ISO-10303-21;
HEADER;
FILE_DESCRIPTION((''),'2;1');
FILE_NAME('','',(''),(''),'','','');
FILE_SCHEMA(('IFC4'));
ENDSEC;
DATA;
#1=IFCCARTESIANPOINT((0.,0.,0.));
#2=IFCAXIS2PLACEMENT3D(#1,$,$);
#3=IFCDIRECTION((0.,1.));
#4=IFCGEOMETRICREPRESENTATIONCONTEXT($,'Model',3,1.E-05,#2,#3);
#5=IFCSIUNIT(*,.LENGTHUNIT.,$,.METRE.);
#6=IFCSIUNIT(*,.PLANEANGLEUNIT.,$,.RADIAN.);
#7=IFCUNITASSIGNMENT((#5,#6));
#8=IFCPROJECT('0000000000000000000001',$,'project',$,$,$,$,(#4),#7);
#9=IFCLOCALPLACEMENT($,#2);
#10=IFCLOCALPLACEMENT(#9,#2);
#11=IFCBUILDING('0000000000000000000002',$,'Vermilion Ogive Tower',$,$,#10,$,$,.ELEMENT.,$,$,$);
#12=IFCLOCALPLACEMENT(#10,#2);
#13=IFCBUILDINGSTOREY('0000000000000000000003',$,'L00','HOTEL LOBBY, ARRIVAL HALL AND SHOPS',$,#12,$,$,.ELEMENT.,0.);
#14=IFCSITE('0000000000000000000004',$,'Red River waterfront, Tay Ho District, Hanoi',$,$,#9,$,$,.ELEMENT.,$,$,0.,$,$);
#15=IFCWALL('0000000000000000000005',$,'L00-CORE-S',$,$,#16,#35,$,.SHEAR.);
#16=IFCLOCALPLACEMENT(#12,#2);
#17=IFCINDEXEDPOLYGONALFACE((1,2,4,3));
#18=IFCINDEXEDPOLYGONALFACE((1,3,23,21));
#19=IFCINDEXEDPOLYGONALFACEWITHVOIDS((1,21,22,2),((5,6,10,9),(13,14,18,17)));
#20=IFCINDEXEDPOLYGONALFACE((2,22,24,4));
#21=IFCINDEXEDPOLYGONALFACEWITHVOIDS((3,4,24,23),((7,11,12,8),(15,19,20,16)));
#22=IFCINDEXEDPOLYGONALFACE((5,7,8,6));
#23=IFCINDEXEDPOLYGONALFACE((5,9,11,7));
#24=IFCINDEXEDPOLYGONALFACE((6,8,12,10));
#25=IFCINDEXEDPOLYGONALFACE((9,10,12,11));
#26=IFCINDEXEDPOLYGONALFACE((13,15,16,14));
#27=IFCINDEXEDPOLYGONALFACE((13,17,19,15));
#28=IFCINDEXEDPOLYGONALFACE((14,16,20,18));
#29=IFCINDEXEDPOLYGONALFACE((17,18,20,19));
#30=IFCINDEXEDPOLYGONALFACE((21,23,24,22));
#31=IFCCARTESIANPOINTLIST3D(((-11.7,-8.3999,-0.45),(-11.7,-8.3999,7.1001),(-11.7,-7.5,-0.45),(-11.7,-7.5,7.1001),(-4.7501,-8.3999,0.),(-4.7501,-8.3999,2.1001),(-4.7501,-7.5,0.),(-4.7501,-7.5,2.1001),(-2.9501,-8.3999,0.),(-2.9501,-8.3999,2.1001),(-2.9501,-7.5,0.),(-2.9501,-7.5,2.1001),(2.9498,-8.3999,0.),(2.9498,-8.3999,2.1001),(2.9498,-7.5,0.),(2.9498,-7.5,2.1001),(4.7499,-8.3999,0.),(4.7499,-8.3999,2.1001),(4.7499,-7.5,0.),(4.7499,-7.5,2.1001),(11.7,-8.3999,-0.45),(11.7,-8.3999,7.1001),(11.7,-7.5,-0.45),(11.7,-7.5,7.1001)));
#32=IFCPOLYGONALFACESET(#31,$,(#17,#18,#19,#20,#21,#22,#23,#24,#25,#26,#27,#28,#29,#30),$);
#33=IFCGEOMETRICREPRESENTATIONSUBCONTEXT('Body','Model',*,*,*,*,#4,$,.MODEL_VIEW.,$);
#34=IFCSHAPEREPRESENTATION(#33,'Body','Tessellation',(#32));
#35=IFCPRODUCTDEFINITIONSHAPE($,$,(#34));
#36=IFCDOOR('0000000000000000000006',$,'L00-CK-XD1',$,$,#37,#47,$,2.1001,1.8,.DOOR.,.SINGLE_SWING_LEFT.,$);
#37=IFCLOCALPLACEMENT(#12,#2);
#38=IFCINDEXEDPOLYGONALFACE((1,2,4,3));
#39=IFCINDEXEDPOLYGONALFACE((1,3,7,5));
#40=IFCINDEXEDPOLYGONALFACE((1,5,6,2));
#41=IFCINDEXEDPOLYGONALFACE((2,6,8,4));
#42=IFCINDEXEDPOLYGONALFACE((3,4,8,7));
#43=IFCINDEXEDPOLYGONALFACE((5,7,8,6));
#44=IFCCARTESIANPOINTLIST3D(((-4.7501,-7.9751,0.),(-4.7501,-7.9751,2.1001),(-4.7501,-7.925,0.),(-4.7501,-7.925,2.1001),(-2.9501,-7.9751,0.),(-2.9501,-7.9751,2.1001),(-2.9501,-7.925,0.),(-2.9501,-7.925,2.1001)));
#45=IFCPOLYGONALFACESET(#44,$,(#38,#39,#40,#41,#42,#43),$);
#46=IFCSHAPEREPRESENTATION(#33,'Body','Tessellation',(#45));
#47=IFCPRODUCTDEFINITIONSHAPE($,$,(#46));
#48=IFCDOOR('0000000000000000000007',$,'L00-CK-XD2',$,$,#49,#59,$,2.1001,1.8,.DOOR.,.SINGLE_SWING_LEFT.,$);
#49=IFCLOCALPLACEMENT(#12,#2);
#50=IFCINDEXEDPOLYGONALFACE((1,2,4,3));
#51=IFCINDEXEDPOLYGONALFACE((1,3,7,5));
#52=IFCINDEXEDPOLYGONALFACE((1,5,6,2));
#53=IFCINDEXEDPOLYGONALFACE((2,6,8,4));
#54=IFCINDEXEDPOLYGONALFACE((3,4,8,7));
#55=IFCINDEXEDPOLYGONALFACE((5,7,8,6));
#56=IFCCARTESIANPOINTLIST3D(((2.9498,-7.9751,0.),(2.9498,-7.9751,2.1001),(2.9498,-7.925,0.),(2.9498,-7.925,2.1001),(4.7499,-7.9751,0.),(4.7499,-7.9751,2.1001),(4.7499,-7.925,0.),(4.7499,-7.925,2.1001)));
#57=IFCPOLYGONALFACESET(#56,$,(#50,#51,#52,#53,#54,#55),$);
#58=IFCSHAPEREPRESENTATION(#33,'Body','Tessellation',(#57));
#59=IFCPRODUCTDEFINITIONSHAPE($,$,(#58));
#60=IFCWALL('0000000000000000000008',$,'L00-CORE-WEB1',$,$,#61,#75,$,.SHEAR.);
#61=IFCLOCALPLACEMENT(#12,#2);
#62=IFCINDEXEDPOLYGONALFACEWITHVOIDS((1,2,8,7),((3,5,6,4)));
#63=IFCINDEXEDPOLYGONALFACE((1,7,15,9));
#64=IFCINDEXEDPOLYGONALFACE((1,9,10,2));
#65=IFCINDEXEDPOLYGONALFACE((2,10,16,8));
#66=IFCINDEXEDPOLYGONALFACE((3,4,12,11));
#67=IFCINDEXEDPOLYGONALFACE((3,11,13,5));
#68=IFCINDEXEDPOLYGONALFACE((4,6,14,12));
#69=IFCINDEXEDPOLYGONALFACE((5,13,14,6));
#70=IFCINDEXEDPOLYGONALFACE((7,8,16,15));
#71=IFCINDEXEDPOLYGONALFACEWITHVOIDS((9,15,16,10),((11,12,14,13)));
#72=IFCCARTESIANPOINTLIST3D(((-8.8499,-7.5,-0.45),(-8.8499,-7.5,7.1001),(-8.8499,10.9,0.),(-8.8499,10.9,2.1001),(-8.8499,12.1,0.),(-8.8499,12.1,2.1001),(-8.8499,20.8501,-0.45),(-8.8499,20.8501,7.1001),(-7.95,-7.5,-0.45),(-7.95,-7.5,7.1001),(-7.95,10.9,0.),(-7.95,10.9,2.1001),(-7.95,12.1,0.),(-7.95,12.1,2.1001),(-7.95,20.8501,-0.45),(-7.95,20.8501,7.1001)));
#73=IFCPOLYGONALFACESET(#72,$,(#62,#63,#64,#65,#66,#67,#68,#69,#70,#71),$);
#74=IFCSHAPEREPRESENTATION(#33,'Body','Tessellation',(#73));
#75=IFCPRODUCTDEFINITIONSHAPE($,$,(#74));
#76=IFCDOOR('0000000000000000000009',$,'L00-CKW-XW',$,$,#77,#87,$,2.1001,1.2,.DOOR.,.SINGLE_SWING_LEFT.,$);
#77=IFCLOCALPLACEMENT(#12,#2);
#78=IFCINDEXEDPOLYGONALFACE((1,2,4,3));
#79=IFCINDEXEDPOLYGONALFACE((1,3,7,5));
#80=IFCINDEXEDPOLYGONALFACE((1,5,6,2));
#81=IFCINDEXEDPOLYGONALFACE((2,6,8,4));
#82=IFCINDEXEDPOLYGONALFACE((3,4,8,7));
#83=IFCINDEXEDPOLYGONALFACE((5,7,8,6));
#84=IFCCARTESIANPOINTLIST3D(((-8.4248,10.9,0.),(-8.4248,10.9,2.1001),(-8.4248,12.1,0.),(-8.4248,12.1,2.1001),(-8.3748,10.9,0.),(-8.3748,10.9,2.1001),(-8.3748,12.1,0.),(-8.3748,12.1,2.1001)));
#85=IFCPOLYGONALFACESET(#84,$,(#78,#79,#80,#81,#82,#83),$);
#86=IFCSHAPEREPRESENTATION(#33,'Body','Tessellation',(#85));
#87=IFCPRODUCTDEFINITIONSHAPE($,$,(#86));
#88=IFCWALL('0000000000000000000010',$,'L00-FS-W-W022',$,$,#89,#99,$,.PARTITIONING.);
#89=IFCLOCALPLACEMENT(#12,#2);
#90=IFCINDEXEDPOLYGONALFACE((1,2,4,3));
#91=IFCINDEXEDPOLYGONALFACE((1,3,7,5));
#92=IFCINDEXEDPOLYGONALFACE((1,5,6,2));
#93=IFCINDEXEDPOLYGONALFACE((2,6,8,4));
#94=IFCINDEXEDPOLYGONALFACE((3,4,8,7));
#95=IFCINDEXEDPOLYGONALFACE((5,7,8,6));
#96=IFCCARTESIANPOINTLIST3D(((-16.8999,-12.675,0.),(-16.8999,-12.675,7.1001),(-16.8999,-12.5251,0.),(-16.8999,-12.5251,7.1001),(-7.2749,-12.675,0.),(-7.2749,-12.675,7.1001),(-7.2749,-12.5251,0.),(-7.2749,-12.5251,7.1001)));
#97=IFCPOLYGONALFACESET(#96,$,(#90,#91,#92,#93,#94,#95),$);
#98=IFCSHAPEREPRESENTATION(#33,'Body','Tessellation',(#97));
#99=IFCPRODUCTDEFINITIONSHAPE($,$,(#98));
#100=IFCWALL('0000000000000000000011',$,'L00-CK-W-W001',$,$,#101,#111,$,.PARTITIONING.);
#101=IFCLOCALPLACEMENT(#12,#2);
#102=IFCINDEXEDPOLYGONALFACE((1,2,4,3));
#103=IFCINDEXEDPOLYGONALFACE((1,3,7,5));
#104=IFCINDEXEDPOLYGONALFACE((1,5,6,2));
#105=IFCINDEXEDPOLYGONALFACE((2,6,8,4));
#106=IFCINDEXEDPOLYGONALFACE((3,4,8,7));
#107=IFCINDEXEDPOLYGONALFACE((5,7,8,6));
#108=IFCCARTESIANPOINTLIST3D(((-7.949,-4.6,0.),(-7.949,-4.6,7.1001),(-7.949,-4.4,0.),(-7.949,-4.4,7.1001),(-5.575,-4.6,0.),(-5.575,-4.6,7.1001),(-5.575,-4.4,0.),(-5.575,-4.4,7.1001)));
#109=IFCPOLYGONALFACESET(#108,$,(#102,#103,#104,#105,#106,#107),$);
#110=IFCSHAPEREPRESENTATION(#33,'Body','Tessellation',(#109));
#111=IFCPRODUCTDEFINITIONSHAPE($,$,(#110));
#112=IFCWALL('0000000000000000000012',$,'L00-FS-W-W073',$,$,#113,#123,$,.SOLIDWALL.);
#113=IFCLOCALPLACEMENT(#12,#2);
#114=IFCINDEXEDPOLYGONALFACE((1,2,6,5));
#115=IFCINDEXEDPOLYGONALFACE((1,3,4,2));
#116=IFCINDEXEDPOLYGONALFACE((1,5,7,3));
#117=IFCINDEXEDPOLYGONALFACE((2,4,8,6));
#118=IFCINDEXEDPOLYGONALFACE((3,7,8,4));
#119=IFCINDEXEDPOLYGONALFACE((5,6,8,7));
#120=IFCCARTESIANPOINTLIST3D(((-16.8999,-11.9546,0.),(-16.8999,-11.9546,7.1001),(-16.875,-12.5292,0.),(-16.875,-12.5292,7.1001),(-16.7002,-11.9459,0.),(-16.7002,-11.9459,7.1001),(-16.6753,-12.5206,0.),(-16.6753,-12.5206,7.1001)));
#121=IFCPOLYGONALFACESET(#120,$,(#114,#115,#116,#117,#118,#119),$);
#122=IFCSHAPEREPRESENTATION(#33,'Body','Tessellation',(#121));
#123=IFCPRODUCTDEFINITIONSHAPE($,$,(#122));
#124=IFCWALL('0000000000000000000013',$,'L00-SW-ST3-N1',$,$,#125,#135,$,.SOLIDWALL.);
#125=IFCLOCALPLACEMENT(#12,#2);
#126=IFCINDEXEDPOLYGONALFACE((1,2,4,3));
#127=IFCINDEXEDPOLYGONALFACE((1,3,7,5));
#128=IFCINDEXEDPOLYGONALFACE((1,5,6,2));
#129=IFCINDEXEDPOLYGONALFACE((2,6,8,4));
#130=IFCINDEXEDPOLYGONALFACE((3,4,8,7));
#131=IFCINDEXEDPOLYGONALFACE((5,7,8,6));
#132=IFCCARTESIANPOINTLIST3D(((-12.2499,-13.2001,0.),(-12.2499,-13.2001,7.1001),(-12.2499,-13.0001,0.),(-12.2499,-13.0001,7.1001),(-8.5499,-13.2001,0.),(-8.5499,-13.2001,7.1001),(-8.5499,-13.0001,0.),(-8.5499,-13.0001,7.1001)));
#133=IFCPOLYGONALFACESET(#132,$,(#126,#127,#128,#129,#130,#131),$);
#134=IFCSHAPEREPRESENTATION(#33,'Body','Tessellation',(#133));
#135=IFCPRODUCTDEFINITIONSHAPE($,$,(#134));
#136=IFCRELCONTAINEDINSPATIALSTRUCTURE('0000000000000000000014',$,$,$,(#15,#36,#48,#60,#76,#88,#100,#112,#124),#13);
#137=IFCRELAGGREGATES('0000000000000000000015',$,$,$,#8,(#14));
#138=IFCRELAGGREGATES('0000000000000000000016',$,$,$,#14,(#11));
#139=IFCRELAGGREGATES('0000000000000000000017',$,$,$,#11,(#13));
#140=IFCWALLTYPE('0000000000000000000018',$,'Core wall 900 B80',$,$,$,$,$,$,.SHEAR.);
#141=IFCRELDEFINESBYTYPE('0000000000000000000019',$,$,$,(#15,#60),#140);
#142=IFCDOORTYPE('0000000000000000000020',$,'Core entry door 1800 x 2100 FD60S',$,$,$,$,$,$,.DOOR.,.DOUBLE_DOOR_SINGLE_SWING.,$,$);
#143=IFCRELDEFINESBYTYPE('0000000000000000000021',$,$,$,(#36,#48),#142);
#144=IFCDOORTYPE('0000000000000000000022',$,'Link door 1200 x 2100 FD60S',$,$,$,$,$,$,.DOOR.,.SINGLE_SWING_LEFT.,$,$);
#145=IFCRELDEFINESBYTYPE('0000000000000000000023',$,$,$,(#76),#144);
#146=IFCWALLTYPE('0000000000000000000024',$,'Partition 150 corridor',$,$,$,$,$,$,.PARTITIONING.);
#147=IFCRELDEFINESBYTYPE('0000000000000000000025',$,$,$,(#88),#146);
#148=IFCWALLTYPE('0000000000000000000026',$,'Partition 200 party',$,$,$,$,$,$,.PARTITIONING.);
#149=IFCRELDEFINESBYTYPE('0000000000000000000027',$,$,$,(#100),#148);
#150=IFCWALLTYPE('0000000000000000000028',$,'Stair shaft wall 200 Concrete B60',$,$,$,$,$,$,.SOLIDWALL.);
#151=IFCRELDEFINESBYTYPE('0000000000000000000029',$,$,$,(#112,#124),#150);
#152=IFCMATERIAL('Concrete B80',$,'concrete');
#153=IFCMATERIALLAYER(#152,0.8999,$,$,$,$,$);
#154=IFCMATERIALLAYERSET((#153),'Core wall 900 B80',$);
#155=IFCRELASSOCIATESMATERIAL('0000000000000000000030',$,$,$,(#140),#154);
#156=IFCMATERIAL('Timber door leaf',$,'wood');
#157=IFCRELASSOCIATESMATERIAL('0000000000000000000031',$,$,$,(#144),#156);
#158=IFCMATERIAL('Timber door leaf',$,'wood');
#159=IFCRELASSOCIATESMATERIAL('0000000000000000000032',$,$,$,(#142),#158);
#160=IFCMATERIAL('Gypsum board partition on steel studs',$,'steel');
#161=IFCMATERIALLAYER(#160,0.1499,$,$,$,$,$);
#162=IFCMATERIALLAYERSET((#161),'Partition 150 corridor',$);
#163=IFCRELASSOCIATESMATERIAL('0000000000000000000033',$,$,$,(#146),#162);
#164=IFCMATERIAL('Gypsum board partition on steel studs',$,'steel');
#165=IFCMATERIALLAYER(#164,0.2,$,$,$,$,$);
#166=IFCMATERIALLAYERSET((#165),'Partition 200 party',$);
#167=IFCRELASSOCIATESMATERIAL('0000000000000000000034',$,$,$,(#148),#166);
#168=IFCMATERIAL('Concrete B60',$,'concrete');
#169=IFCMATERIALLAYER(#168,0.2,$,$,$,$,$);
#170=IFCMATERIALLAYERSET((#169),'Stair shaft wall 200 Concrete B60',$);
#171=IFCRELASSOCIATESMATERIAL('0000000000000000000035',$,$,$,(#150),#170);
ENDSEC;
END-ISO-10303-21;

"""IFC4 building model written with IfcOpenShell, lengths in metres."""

from ifc_helpers import new_model, si_unit, direction, frame, frame_2d, origin, place, context, subcontext, project, spatial, rectangle, extrude, material, layer, layer_set, type_object, element, fill, save


model = new_model("IFC4")

# Units and contexts
model_context = context("Model", 3, precision=1e-05, world=origin(), true_north=direction((0.0, 1.0)))
body_context = subcontext(model_context, "Body", "Model", "MODEL_VIEW")
ifc_project = project(units=[si_unit("LENGTHUNIT", "METRE"), si_unit("PLANEANGLEUNIT", "RADIAN")], contexts=[model_context])

# Site, building, storey
site_placement = place(None, origin())
site = spatial("IfcSite", under=ifc_project, at=site_placement, Name="Red River waterfront, Tay Ho District, Hanoi", CompositionType="ELEMENT", RefElevation=0.0)
building_placement = place(site_placement, origin())
building = spatial("IfcBuilding", under=site, at=building_placement, Name="Vermilion Ogive Tower", CompositionType="ELEMENT")
storey_placement = place(building_placement, origin())
storey = spatial("IfcBuildingStorey", under=building, at=storey_placement, Name="L00", Description="HOTEL LOBBY, ARRIVAL HALL AND SHOPS", CompositionType="ELEMENT", Elevation=0.0)

# Wall, openings, doors
ifc_material_1 = material(Name="Concrete B80", Category="concrete")
ifc_layer_1 = layer(ifc_material_1, 0.8999)
ifc_layer_set_1 = layer_set([ifc_layer_1], Name="Core wall 900 B80")
wall_type_1 = type_object("IfcWallType", Name="Core wall 900 B80", PredefinedType="SHEAR", material=ifc_layer_set_1)
ifc_material_2 = material(Name="Timber door leaf", Category="wood")
door_type_1 = type_object("IfcDoorType", Name="Link door 1200 x 2100 FD60S", OperationType="SINGLE_SWING_LEFT", PredefinedType="DOOR", material=ifc_material_2)
wall_1_placement = place(storey_placement, frame((-11.7, -7.95, -0.45), z_axis=(0.0, 0.0, 1.0), x_axis=(1.0, 0.0, 0.0)))
wall_1 = element("IfcWall", 1, at=wall_1_placement, inside=storey, type_object=wall_type_1, Name="L00-CORE-S", PredefinedType="SHEAR", context=body_context, shape_type="SweptSolid", body=[
    extrude(rectangle(XDim=23.3999, YDim=0.8999, at=frame_2d((11.7, 0.0))), origin(), (0.0, 0.0, 1.0), 7.55),
])
opening_1_placement = place(wall_1_placement, frame((6.95, 0.0, 0.45)))
opening_1 = element("IfcOpeningElement", 2, at=opening_1_placement, cuts=wall_1, PredefinedType="OPENING", context=body_context, shape_type="SweptSolid", body=[
    extrude(rectangle(XDim=1.8, YDim=2.1001, at=frame_2d((0.8999, 1.05))), frame((0.0, 0.46, 0.0), z_axis=(0.0, -1.0, 0.0), x_axis=(1.0, 0.0, 0.0)), (0.0, 0.0, 1.0), 0.9199),
])
opening_2_placement = place(wall_1_placement, frame((14.6499, 0.0, 0.45)))
opening_2 = element("IfcOpeningElement", 3, at=opening_2_placement, cuts=wall_1, PredefinedType="OPENING", context=body_context, shape_type="SweptSolid", body=[
    extrude(rectangle(XDim=1.8, YDim=2.1001, at=frame_2d((0.8999, 1.05))), frame((0.0, 0.46, 0.0), z_axis=(0.0, -1.0, 0.0), x_axis=(1.0, 0.0, 0.0)), (0.0, 0.0, 1.0), 0.9199),
])
ifc_material_3 = material(Name="Timber door leaf", Category="wood")
door_type_2 = type_object("IfcDoorType", Name="Core entry door 1800 x 2100 FD60S", OperationType="DOUBLE_DOOR_SINGLE_SWING", PredefinedType="DOOR", material=ifc_material_3)
door_1_placement = place(opening_1_placement, origin())
door_1 = element("IfcDoor", 4, at=door_1_placement, inside=storey, type_object=door_type_2, Name="L00-CK-XD1", OperationType="SINGLE_SWING_LEFT", OverallHeight=2.1001, OverallWidth=1.8, PredefinedType="DOOR", context=body_context, shape_type="SweptSolid", body=[
    extrude(rectangle(XDim=1.8, YDim=2.1001, at=frame_2d((0.8999, 1.05))), frame((0.0, 0.0249, 0.0), z_axis=(0.0, -1.0, 0.0), x_axis=(1.0, 0.0, 0.0)), (0.0, 0.0, 1.0), 0.05),
])
fill(opening_1, door_1)
door_2_placement = place(opening_2_placement, origin())
door_2 = element("IfcDoor", 5, at=door_2_placement, inside=storey, type_object=door_type_2, Name="L00-CK-XD2", OperationType="SINGLE_SWING_LEFT", OverallHeight=2.1001, OverallWidth=1.8, PredefinedType="DOOR", context=body_context, shape_type="SweptSolid", body=[
    extrude(rectangle(XDim=1.8, YDim=2.1001, at=frame_2d((0.8999, 1.05))), frame((0.0, 0.0249, 0.0), z_axis=(0.0, -1.0, 0.0), x_axis=(1.0, 0.0, 0.0)), (0.0, 0.0, 1.0), 0.05),
])
fill(opening_2, door_2)

# Wall, opening, door
wall_2_placement = place(storey_placement, frame((-8.3999, -7.5, -0.45), z_axis=(0.0, 0.0, 1.0), x_axis=(0.0, 1.0, 0.0)))
wall_2 = element("IfcWall", 6, at=wall_2_placement, inside=storey, type_object=wall_type_1, Name="L00-CORE-WEB1", PredefinedType="SHEAR", context=body_context, shape_type="SweptSolid", body=[
    extrude(rectangle(XDim=28.3501, YDim=0.8999, at=frame_2d((14.175, 0.0))), origin(), (0.0, 0.0, 1.0), 7.55),
])
opening_3_placement = place(wall_2_placement, frame((18.3999, 0.0, 0.45)))
opening_3 = element("IfcOpeningElement", 7, at=opening_3_placement, cuts=wall_2, PredefinedType="OPENING", context=body_context, shape_type="SweptSolid", body=[
    extrude(rectangle(XDim=1.2, YDim=2.1001, at=frame_2d((0.6001, 1.05))), frame((0.0, 0.46, 0.0), z_axis=(0.0, -1.0, 0.0), x_axis=(1.0, 0.0, 0.0)), (0.0, 0.0, 1.0), 0.9199),
])
door_3_placement = place(opening_3_placement, origin())
door_3 = element("IfcDoor", 8, at=door_3_placement, inside=storey, type_object=door_type_1, Name="L00-CKW-XW", OperationType="SINGLE_SWING_LEFT", OverallHeight=2.1001, OverallWidth=1.2, PredefinedType="DOOR", context=body_context, shape_type="SweptSolid", body=[
    extrude(rectangle(XDim=1.2, YDim=2.1001, at=frame_2d((0.6001, 1.05))), frame((0.0, 0.0249, 0.0), z_axis=(0.0, -1.0, 0.0), x_axis=(1.0, 0.0, 0.0)), (0.0, 0.0, 1.0), 0.05),
])
fill(opening_3, door_3)

# Walls
ifc_material_4 = material(Name="Gypsum board partition on steel studs", Category="steel")
ifc_layer_2 = layer(ifc_material_4, 0.1499)
ifc_layer_set_2 = layer_set([ifc_layer_2], Name="Partition 150 corridor")
wall_type_2 = type_object("IfcWallType", Name="Partition 150 corridor", PredefinedType="PARTITIONING", material=ifc_layer_set_2)
wall_3_placement = place(storey_placement, frame((-16.8999, -12.6001, 0.0), z_axis=(0.0, 0.0, 1.0), x_axis=(1.0, 0.0, 0.0)))
element("IfcWall", 9, at=wall_3_placement, inside=storey, type_object=wall_type_2, Name="L00-FS-W-W022", PredefinedType="PARTITIONING", context=body_context, shape_type="SweptSolid", body=[
    extrude(rectangle(XDim=9.625, YDim=0.1499, at=frame_2d((4.8125, 0.0))), origin(), (0.0, 0.0, 1.0), 7.1001),
])
ifc_material_5 = material(Name="Gypsum board partition on steel studs", Category="steel")
ifc_layer_3 = layer(ifc_material_5, 0.2)
ifc_layer_set_3 = layer_set([ifc_layer_3], Name="Partition 200 party")
wall_type_3 = type_object("IfcWallType", Name="Partition 200 party", PredefinedType="PARTITIONING", material=ifc_layer_set_3)
wall_4_placement = place(storey_placement, frame((-7.949, -4.5, 0.0), z_axis=(0.0, 0.0, 1.0), x_axis=(1.0, 0.0, 0.0)))
element("IfcWall", 10, at=wall_4_placement, inside=storey, type_object=wall_type_3, Name="L00-CK-W-W001", PredefinedType="PARTITIONING", context=body_context, shape_type="SweptSolid", body=[
    extrude(rectangle(XDim=2.374, YDim=0.2, at=frame_2d((1.187, 0.0))), origin(), (0.0, 0.0, 1.0), 7.1001),
])
ifc_material_6 = material(Name="Concrete B60", Category="concrete")
ifc_layer_4 = layer(ifc_material_6, 0.2)
ifc_layer_set_4 = layer_set([ifc_layer_4], Name="Stair shaft wall 200 Concrete B60")
wall_type_4 = type_object("IfcWallType", Name="Stair shaft wall 200 Concrete B60", PredefinedType="SOLIDWALL", material=ifc_layer_set_4)
wall_5_placement = place(storey_placement, frame((-16.7751, -12.5249, 0.0), z_axis=(0.0, 0.0, 1.0), x_axis=(-0.04329, 0.999063, 0.0)))
element("IfcWall", 11, at=wall_5_placement, inside=storey, type_object=wall_type_4, Name="L00-FS-W-W073", PredefinedType="SOLIDWALL", context=body_context, shape_type="SweptSolid", body=[
    extrude(rectangle(XDim=0.5752, YDim=0.2, at=frame_2d((0.2876, 0.0))), origin(), (0.0, 0.0, 1.0), 7.1001),
])
wall_6_placement = place(storey_placement, frame((-12.25, -13.1001, 0.0), z_axis=(0.0, 0.0, 1.0), x_axis=(1.0, 0.0, 0.0)))
element("IfcWall", 12, at=wall_6_placement, inside=storey, type_object=wall_type_4, Name="L00-SW-ST3-N1", PredefinedType="SOLIDWALL", context=body_context, shape_type="SweptSolid", body=[
    extrude(rectangle(XDim=3.7, YDim=0.2, at=frame_2d((1.8501, 0.0))), origin(), (0.0, 0.0, 1.0), 7.1001),
])

save(model, "model.ifc")
